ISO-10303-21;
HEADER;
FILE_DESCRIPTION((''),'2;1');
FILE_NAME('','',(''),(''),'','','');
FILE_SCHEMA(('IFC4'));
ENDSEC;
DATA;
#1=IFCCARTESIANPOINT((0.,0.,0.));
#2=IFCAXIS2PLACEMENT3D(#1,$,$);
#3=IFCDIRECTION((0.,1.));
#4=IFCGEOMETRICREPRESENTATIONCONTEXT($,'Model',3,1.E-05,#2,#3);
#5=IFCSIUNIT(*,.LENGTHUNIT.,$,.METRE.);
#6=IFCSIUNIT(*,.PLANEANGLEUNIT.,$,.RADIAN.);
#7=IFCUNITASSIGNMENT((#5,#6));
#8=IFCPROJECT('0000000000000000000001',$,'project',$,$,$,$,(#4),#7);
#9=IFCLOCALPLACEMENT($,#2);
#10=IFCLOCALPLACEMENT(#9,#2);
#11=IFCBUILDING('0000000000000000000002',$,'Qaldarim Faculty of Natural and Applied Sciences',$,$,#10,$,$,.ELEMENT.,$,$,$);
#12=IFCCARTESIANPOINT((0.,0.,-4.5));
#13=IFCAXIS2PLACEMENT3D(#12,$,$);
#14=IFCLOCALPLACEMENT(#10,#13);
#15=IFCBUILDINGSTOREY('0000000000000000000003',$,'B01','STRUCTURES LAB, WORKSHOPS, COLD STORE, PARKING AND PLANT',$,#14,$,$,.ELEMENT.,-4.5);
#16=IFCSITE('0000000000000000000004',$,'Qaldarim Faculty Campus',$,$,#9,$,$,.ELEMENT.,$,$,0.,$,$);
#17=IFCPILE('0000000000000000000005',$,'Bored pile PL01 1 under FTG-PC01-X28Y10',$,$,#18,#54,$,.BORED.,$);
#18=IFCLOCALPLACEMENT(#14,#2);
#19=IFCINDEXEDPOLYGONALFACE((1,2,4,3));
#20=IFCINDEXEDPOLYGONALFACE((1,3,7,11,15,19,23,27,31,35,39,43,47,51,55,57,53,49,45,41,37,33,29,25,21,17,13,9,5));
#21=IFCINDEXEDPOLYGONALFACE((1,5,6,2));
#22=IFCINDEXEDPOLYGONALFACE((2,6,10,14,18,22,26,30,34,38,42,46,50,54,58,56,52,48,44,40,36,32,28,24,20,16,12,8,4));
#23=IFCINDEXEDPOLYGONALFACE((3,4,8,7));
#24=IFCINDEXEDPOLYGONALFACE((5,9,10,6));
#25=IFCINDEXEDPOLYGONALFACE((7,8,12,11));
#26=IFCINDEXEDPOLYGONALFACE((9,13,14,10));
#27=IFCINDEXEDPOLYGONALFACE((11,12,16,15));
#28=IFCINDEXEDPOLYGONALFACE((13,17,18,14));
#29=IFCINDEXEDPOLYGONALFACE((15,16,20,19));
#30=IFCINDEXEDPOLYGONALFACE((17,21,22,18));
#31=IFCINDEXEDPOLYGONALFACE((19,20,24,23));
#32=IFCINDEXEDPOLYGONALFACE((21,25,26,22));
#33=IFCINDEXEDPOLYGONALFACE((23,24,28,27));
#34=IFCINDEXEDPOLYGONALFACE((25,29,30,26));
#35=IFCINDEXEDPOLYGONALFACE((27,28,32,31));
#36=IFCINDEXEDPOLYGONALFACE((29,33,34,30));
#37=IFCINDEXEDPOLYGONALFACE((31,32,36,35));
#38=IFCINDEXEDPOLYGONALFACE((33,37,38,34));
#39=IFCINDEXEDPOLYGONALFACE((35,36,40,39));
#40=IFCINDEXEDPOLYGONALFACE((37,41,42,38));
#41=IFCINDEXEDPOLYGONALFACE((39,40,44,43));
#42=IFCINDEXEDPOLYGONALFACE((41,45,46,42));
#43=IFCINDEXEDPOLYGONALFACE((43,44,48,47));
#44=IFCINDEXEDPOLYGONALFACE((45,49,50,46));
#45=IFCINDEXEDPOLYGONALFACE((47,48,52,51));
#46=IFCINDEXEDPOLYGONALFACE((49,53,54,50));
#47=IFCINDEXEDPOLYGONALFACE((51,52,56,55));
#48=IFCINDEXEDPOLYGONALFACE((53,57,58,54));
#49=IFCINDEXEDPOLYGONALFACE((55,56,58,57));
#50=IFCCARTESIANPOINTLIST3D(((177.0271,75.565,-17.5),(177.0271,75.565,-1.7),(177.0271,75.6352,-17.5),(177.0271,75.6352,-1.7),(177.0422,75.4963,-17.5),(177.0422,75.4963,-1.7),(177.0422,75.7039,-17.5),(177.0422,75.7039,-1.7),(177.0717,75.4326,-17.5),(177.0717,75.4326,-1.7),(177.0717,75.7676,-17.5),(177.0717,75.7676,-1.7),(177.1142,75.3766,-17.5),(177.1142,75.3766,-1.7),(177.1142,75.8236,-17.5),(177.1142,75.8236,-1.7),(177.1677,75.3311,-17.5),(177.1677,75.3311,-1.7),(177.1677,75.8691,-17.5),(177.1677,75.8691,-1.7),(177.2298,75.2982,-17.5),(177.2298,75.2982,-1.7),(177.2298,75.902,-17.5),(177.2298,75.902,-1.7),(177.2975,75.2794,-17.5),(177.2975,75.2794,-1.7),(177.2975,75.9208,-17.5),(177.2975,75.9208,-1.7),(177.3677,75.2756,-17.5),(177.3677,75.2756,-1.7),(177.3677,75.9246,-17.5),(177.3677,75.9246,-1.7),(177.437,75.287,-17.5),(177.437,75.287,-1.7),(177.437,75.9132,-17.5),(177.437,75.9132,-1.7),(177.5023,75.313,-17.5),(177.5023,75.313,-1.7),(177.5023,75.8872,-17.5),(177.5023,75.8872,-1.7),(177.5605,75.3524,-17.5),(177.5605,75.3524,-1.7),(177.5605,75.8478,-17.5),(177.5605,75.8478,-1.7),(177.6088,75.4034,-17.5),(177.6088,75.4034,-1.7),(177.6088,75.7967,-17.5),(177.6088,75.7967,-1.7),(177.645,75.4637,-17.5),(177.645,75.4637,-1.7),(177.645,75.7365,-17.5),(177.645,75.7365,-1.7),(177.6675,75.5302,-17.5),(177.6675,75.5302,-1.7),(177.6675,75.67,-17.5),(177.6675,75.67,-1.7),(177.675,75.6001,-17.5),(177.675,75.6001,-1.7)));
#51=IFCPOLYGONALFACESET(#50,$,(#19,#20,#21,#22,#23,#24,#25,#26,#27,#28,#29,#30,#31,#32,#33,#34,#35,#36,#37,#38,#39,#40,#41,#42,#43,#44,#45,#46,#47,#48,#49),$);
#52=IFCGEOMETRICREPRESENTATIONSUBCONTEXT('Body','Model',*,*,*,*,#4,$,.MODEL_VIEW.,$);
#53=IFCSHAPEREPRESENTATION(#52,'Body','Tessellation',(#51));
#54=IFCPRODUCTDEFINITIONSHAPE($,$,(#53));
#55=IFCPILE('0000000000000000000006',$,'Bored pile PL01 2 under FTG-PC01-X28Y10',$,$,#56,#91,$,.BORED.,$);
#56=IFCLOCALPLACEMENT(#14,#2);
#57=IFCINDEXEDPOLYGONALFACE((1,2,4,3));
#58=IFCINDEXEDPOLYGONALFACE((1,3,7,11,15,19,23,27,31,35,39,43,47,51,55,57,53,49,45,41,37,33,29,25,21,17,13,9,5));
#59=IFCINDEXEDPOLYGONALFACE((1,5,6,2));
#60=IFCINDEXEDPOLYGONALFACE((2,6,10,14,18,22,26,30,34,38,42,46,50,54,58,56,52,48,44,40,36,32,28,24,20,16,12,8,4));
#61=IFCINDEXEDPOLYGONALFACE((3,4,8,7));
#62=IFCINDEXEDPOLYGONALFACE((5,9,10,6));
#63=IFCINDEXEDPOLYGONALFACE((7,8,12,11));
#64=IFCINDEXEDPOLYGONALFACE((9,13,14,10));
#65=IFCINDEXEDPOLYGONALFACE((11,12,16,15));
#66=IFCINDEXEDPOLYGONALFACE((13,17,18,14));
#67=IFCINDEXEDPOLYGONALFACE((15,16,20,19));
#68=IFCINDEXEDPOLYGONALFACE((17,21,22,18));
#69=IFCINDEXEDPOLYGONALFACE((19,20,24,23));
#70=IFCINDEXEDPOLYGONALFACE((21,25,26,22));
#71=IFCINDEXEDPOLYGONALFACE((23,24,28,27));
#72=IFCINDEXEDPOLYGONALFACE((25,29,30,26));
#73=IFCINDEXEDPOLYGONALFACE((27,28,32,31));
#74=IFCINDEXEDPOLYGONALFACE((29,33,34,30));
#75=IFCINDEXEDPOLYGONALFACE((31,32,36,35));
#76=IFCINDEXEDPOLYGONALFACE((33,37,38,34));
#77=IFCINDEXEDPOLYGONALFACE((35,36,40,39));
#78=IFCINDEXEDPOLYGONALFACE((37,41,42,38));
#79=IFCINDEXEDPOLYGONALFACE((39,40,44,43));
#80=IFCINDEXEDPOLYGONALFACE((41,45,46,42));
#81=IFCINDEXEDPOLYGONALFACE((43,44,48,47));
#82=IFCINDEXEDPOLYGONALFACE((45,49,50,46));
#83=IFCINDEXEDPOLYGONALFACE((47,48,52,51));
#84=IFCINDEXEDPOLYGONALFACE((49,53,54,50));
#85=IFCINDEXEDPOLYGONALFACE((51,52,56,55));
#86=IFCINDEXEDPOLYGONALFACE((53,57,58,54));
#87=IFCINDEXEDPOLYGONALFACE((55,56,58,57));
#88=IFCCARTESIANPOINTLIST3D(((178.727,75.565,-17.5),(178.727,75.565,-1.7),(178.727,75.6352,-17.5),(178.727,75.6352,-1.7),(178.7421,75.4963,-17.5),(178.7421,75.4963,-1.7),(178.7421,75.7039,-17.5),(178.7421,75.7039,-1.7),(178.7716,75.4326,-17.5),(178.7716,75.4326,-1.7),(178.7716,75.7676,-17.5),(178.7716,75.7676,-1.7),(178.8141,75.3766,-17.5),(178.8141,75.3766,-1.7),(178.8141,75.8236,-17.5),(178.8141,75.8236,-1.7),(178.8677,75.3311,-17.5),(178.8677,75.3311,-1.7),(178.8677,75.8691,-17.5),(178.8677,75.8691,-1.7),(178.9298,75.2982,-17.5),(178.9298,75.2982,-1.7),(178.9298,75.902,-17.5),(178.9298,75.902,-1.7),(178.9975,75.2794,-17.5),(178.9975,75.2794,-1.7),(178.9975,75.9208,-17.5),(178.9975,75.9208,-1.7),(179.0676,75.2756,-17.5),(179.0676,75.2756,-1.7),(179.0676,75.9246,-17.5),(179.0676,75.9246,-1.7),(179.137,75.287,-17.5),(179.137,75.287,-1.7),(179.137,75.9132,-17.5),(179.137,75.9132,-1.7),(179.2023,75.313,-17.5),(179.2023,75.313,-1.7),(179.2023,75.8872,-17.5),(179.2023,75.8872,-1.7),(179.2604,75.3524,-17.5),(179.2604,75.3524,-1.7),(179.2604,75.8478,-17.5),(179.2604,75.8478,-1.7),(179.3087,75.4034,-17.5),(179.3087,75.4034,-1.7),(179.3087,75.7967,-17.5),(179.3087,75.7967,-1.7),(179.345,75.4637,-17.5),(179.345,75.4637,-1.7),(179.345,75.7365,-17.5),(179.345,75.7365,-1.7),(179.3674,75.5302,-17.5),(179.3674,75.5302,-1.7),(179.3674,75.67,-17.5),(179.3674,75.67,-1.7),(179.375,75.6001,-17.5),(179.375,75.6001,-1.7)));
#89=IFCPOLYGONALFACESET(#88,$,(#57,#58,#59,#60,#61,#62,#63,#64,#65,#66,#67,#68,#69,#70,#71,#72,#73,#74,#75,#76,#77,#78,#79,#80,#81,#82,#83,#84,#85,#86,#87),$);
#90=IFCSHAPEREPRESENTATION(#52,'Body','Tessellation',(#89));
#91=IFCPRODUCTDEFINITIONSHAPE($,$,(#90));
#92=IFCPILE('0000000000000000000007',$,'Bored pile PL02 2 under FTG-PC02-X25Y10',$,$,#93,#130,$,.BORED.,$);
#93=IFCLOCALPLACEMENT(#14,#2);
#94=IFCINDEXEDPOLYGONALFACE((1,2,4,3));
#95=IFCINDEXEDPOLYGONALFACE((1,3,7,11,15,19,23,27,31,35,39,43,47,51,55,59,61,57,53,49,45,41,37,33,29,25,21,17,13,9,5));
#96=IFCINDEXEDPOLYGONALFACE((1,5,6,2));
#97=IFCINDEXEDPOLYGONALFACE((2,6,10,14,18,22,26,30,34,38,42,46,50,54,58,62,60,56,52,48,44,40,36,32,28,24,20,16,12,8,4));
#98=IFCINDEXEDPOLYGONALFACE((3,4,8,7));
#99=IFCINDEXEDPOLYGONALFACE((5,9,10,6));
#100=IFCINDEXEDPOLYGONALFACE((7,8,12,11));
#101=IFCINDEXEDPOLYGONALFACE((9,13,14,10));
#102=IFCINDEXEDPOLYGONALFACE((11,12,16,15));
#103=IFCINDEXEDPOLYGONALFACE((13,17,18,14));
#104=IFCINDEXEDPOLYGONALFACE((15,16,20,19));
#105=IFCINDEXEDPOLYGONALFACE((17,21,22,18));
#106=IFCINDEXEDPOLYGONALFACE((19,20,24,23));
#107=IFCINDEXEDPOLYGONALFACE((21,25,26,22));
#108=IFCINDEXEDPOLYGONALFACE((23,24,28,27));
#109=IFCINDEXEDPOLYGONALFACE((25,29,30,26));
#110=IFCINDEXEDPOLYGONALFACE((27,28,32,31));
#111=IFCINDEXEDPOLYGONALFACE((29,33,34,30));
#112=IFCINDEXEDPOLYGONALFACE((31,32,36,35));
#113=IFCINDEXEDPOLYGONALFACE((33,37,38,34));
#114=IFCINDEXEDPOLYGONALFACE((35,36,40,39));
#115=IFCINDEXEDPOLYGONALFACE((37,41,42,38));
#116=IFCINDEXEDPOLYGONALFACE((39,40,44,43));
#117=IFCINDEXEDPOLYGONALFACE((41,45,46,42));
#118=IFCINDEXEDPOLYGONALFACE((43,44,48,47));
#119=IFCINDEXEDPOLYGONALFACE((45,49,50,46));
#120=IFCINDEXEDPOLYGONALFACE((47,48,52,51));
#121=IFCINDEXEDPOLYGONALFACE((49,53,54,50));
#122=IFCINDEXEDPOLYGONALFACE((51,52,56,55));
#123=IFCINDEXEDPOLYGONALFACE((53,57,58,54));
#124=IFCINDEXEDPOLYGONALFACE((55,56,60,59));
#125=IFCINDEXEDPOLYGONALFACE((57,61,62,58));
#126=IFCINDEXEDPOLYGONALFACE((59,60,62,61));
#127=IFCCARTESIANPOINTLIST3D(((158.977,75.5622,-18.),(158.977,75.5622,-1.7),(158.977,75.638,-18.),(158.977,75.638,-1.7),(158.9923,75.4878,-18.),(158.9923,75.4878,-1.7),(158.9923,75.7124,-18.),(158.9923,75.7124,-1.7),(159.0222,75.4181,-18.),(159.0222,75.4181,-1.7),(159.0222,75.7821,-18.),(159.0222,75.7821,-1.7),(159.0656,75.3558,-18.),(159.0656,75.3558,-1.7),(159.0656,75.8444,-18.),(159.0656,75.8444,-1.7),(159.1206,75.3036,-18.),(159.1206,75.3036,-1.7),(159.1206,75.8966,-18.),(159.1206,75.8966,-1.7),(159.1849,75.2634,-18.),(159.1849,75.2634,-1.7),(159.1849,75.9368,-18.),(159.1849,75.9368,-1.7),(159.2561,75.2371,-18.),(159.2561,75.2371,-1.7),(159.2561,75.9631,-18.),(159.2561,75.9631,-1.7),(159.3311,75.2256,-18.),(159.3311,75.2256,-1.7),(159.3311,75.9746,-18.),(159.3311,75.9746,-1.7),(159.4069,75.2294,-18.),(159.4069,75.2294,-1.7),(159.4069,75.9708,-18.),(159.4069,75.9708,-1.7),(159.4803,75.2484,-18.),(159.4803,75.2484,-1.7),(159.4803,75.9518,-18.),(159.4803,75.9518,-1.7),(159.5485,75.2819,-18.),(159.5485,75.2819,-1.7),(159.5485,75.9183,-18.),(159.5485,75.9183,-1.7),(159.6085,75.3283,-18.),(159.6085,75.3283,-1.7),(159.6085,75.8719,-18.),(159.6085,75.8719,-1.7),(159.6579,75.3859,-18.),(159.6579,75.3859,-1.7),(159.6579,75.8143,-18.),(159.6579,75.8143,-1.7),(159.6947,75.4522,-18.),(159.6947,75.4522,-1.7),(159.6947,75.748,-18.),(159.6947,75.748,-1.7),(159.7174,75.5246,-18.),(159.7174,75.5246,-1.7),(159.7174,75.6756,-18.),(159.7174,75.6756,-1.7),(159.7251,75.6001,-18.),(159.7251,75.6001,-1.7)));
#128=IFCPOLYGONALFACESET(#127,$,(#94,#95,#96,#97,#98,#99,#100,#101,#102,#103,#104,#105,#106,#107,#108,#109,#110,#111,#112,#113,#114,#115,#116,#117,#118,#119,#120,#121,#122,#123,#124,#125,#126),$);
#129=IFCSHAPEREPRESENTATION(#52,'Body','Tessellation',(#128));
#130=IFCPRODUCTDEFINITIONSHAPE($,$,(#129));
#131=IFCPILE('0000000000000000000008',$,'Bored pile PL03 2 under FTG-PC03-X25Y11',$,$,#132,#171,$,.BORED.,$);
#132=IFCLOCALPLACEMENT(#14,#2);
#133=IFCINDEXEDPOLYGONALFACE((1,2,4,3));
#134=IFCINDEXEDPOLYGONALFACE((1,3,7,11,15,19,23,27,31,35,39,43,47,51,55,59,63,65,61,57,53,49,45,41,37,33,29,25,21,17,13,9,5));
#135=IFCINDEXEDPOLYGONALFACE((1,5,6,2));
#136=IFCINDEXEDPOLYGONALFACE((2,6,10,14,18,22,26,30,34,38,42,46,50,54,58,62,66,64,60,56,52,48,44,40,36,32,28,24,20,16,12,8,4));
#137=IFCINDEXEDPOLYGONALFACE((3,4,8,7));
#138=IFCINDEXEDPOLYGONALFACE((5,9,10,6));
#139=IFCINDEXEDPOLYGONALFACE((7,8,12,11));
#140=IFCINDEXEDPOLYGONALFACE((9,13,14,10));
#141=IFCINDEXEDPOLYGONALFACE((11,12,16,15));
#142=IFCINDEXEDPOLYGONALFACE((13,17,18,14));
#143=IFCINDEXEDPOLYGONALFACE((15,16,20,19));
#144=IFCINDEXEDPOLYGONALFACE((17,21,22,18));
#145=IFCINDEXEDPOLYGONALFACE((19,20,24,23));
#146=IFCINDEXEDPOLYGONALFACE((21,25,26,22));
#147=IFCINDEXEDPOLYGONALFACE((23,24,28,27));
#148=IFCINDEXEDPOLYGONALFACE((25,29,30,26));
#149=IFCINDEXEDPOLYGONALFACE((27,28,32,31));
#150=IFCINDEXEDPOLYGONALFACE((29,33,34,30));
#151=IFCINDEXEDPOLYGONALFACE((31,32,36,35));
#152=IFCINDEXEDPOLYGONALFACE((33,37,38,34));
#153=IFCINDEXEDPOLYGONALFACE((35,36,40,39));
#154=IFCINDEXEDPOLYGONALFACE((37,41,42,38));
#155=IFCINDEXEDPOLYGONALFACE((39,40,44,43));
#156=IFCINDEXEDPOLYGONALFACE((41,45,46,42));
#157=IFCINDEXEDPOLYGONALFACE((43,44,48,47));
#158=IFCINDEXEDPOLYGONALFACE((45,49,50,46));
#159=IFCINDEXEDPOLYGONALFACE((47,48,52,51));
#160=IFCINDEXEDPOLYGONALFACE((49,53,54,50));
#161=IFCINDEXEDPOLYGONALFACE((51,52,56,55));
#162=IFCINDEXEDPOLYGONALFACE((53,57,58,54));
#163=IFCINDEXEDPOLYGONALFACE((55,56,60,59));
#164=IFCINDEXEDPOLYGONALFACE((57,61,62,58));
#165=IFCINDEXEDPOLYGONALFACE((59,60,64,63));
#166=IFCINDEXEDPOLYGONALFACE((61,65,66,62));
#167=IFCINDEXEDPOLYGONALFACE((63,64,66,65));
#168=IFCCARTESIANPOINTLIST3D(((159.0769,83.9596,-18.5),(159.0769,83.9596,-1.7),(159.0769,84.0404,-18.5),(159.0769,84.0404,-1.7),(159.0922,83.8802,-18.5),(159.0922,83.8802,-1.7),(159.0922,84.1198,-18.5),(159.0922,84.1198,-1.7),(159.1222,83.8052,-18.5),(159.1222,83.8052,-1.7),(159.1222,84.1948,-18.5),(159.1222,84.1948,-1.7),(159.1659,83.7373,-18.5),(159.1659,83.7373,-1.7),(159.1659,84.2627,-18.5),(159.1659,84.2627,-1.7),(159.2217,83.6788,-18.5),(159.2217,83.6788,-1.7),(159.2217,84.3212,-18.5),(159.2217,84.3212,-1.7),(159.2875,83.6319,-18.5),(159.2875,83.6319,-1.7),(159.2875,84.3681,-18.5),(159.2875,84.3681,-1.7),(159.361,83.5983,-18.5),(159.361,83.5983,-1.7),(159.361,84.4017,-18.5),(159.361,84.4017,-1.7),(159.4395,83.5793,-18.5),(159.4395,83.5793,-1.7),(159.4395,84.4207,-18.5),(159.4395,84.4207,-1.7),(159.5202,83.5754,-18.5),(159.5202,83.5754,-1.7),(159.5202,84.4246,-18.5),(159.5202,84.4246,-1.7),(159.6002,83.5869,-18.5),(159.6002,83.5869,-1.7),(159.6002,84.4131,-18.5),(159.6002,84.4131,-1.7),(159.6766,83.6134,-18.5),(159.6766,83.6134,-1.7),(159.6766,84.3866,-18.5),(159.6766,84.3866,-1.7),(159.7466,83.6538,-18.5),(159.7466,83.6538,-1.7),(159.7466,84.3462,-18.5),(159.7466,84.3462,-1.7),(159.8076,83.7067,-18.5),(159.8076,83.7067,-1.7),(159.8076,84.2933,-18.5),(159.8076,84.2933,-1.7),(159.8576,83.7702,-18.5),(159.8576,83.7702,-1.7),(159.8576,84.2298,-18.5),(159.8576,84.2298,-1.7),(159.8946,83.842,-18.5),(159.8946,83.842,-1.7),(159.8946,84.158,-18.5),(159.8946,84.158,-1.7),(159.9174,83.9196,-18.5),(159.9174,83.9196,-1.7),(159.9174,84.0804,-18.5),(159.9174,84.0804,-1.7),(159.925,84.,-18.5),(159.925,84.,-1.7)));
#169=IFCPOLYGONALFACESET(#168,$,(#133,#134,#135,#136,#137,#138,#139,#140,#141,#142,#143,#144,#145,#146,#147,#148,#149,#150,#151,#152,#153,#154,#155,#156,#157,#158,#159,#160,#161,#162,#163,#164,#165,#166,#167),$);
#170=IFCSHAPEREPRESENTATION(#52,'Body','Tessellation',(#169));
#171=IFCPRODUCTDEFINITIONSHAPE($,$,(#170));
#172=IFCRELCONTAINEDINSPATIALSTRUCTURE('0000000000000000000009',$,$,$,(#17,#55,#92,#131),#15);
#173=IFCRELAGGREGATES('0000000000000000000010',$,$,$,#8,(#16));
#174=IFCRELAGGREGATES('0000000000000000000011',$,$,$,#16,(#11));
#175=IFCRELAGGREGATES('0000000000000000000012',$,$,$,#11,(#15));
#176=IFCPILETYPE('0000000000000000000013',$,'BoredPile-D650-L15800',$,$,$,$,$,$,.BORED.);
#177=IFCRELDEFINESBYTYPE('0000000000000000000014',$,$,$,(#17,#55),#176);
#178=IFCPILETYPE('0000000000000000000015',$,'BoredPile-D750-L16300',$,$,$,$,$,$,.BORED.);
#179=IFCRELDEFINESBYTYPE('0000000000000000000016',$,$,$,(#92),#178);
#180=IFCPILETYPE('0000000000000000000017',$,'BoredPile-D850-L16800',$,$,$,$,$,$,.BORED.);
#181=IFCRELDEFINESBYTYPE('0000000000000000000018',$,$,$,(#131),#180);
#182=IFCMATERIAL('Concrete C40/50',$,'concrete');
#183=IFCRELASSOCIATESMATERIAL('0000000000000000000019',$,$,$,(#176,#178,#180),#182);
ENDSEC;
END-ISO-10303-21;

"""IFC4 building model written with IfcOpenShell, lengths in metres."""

from ifc_helpers import new_model, si_unit, direction, frame, origin, origin_2d, place, context, subcontext, project, spatial, circle, extrude, material, material_profile, profile_set, type_object, element, save


model = new_model("IFC4")

# Units and contexts
model_context = context("Model", 3, precision=1e-05, world=origin(), true_north=direction((0.0, 1.0)))
body_context = subcontext(model_context, "Body", "Model", "MODEL_VIEW")
ifc_project = project(units=[si_unit("LENGTHUNIT", "METRE"), si_unit("PLANEANGLEUNIT", "RADIAN")], contexts=[model_context])

# Site, building, storey
site_placement = place(None, origin())
site = spatial("IfcSite", under=ifc_project, at=site_placement, Name="Qaldarim Faculty Campus", CompositionType="ELEMENT", RefElevation=0.0)
building_placement = place(site_placement, origin())
building = spatial("IfcBuilding", under=site, at=building_placement, Name="Qaldarim Faculty of Natural and Applied Sciences", CompositionType="ELEMENT")
storey_placement = place(building_placement, frame((0.0, 0.0, -4.5)))
storey = spatial("IfcBuildingStorey", under=building, at=storey_placement, Name="B01", Description="STRUCTURES LAB, WORKSHOPS, COLD STORE, PARKING AND PLANT", CompositionType="ELEMENT", Elevation=-4.5)

# Piles
ifc_material_1 = material(Name="Concrete C40/50", Category="concrete")
ifc_material_profile_1 = material_profile(ifc_material_1, circle(Radius=0.325, at=origin_2d()), Name="PILE-D650")
ifc_profile_set_1 = profile_set([ifc_material_profile_1], Name="Concrete C40/50")
pile_type_1 = type_object("IfcPileType", Name="BoredPile-D650-L15800", PredefinedType="BORED", material=ifc_profile_set_1)
for number, where, z_axis, x_axis, name in (
    (1, (177.3501, 75.6001, -1.7), (0.0, 0.0, -1.0), (1.0, 0.0, 0.0), "Bored pile PL01 1 under FTG-PC01-X28Y10"),
    (2, (179.05, 75.6001, -1.7), (0.0, 0.0, -1.0), (1.0, 0.0, 0.0), "Bored pile PL01 2 under FTG-PC01-X28Y10"),
):
    element("IfcPile", number, at=place(storey_placement, frame(where, z_axis=z_axis, x_axis=x_axis)), inside=storey, type_object=pile_type_1, Name=name, PredefinedType="BORED", context=body_context, shape_type="SweptSolid", body=[
        extrude(circle(Radius=0.325, at=origin_2d()), origin(), (0.0, 0.0, 1.0), 15.8),
    ])
ifc_material_profile_2 = material_profile(ifc_material_1, circle(Radius=0.375, at=origin_2d()), Name="PILE-D750")
ifc_profile_set_2 = profile_set([ifc_material_profile_2], Name="Concrete C40/50")
pile_type_2 = type_object("IfcPileType", Name="BoredPile-D750-L16300", PredefinedType="BORED", material=ifc_profile_set_2)
pile_placement = place(storey_placement, frame((159.3501, 75.6001, -1.7), z_axis=(0.0, 0.0, -1.0), x_axis=(1.0, 0.0, 0.0)))
element("IfcPile", 3, at=pile_placement, inside=storey, type_object=pile_type_2, Name="Bored pile PL02 2 under FTG-PC02-X25Y10", PredefinedType="BORED", context=body_context, shape_type="SweptSolid", body=[
    extrude(circle(Radius=0.375, at=origin_2d()), origin(), (0.0, 0.0, 1.0), 16.3),
])
ifc_material_profile_3 = material_profile(ifc_material_1, circle(Radius=0.425, at=origin_2d()), Name="PILE-D850")
ifc_profile_set_3 = profile_set([ifc_material_profile_3], Name="Concrete C40/50")
pile_type_3 = type_object("IfcPileType", Name="BoredPile-D850-L16800", PredefinedType="BORED", material=ifc_profile_set_3)
for number, where, z_axis, x_axis, name in (
    (4, (159.5, 84.0, -1.7), (0.0, 0.0, -1.0), (1.0, 0.0, 0.0), "Bored pile PL03 2 under FTG-PC03-X25Y11"),
):
    element("IfcPile", number, at=place(storey_placement, frame(where, z_axis=z_axis, x_axis=x_axis)), inside=storey, type_object=pile_type_3, Name=name, PredefinedType="BORED", context=body_context, shape_type="SweptSolid", body=[
        extrude(circle(Radius=0.425, at=origin_2d()), origin(), (0.0, 0.0, 1.0), 16.8),
    ])

save(model, "model.ifc")
